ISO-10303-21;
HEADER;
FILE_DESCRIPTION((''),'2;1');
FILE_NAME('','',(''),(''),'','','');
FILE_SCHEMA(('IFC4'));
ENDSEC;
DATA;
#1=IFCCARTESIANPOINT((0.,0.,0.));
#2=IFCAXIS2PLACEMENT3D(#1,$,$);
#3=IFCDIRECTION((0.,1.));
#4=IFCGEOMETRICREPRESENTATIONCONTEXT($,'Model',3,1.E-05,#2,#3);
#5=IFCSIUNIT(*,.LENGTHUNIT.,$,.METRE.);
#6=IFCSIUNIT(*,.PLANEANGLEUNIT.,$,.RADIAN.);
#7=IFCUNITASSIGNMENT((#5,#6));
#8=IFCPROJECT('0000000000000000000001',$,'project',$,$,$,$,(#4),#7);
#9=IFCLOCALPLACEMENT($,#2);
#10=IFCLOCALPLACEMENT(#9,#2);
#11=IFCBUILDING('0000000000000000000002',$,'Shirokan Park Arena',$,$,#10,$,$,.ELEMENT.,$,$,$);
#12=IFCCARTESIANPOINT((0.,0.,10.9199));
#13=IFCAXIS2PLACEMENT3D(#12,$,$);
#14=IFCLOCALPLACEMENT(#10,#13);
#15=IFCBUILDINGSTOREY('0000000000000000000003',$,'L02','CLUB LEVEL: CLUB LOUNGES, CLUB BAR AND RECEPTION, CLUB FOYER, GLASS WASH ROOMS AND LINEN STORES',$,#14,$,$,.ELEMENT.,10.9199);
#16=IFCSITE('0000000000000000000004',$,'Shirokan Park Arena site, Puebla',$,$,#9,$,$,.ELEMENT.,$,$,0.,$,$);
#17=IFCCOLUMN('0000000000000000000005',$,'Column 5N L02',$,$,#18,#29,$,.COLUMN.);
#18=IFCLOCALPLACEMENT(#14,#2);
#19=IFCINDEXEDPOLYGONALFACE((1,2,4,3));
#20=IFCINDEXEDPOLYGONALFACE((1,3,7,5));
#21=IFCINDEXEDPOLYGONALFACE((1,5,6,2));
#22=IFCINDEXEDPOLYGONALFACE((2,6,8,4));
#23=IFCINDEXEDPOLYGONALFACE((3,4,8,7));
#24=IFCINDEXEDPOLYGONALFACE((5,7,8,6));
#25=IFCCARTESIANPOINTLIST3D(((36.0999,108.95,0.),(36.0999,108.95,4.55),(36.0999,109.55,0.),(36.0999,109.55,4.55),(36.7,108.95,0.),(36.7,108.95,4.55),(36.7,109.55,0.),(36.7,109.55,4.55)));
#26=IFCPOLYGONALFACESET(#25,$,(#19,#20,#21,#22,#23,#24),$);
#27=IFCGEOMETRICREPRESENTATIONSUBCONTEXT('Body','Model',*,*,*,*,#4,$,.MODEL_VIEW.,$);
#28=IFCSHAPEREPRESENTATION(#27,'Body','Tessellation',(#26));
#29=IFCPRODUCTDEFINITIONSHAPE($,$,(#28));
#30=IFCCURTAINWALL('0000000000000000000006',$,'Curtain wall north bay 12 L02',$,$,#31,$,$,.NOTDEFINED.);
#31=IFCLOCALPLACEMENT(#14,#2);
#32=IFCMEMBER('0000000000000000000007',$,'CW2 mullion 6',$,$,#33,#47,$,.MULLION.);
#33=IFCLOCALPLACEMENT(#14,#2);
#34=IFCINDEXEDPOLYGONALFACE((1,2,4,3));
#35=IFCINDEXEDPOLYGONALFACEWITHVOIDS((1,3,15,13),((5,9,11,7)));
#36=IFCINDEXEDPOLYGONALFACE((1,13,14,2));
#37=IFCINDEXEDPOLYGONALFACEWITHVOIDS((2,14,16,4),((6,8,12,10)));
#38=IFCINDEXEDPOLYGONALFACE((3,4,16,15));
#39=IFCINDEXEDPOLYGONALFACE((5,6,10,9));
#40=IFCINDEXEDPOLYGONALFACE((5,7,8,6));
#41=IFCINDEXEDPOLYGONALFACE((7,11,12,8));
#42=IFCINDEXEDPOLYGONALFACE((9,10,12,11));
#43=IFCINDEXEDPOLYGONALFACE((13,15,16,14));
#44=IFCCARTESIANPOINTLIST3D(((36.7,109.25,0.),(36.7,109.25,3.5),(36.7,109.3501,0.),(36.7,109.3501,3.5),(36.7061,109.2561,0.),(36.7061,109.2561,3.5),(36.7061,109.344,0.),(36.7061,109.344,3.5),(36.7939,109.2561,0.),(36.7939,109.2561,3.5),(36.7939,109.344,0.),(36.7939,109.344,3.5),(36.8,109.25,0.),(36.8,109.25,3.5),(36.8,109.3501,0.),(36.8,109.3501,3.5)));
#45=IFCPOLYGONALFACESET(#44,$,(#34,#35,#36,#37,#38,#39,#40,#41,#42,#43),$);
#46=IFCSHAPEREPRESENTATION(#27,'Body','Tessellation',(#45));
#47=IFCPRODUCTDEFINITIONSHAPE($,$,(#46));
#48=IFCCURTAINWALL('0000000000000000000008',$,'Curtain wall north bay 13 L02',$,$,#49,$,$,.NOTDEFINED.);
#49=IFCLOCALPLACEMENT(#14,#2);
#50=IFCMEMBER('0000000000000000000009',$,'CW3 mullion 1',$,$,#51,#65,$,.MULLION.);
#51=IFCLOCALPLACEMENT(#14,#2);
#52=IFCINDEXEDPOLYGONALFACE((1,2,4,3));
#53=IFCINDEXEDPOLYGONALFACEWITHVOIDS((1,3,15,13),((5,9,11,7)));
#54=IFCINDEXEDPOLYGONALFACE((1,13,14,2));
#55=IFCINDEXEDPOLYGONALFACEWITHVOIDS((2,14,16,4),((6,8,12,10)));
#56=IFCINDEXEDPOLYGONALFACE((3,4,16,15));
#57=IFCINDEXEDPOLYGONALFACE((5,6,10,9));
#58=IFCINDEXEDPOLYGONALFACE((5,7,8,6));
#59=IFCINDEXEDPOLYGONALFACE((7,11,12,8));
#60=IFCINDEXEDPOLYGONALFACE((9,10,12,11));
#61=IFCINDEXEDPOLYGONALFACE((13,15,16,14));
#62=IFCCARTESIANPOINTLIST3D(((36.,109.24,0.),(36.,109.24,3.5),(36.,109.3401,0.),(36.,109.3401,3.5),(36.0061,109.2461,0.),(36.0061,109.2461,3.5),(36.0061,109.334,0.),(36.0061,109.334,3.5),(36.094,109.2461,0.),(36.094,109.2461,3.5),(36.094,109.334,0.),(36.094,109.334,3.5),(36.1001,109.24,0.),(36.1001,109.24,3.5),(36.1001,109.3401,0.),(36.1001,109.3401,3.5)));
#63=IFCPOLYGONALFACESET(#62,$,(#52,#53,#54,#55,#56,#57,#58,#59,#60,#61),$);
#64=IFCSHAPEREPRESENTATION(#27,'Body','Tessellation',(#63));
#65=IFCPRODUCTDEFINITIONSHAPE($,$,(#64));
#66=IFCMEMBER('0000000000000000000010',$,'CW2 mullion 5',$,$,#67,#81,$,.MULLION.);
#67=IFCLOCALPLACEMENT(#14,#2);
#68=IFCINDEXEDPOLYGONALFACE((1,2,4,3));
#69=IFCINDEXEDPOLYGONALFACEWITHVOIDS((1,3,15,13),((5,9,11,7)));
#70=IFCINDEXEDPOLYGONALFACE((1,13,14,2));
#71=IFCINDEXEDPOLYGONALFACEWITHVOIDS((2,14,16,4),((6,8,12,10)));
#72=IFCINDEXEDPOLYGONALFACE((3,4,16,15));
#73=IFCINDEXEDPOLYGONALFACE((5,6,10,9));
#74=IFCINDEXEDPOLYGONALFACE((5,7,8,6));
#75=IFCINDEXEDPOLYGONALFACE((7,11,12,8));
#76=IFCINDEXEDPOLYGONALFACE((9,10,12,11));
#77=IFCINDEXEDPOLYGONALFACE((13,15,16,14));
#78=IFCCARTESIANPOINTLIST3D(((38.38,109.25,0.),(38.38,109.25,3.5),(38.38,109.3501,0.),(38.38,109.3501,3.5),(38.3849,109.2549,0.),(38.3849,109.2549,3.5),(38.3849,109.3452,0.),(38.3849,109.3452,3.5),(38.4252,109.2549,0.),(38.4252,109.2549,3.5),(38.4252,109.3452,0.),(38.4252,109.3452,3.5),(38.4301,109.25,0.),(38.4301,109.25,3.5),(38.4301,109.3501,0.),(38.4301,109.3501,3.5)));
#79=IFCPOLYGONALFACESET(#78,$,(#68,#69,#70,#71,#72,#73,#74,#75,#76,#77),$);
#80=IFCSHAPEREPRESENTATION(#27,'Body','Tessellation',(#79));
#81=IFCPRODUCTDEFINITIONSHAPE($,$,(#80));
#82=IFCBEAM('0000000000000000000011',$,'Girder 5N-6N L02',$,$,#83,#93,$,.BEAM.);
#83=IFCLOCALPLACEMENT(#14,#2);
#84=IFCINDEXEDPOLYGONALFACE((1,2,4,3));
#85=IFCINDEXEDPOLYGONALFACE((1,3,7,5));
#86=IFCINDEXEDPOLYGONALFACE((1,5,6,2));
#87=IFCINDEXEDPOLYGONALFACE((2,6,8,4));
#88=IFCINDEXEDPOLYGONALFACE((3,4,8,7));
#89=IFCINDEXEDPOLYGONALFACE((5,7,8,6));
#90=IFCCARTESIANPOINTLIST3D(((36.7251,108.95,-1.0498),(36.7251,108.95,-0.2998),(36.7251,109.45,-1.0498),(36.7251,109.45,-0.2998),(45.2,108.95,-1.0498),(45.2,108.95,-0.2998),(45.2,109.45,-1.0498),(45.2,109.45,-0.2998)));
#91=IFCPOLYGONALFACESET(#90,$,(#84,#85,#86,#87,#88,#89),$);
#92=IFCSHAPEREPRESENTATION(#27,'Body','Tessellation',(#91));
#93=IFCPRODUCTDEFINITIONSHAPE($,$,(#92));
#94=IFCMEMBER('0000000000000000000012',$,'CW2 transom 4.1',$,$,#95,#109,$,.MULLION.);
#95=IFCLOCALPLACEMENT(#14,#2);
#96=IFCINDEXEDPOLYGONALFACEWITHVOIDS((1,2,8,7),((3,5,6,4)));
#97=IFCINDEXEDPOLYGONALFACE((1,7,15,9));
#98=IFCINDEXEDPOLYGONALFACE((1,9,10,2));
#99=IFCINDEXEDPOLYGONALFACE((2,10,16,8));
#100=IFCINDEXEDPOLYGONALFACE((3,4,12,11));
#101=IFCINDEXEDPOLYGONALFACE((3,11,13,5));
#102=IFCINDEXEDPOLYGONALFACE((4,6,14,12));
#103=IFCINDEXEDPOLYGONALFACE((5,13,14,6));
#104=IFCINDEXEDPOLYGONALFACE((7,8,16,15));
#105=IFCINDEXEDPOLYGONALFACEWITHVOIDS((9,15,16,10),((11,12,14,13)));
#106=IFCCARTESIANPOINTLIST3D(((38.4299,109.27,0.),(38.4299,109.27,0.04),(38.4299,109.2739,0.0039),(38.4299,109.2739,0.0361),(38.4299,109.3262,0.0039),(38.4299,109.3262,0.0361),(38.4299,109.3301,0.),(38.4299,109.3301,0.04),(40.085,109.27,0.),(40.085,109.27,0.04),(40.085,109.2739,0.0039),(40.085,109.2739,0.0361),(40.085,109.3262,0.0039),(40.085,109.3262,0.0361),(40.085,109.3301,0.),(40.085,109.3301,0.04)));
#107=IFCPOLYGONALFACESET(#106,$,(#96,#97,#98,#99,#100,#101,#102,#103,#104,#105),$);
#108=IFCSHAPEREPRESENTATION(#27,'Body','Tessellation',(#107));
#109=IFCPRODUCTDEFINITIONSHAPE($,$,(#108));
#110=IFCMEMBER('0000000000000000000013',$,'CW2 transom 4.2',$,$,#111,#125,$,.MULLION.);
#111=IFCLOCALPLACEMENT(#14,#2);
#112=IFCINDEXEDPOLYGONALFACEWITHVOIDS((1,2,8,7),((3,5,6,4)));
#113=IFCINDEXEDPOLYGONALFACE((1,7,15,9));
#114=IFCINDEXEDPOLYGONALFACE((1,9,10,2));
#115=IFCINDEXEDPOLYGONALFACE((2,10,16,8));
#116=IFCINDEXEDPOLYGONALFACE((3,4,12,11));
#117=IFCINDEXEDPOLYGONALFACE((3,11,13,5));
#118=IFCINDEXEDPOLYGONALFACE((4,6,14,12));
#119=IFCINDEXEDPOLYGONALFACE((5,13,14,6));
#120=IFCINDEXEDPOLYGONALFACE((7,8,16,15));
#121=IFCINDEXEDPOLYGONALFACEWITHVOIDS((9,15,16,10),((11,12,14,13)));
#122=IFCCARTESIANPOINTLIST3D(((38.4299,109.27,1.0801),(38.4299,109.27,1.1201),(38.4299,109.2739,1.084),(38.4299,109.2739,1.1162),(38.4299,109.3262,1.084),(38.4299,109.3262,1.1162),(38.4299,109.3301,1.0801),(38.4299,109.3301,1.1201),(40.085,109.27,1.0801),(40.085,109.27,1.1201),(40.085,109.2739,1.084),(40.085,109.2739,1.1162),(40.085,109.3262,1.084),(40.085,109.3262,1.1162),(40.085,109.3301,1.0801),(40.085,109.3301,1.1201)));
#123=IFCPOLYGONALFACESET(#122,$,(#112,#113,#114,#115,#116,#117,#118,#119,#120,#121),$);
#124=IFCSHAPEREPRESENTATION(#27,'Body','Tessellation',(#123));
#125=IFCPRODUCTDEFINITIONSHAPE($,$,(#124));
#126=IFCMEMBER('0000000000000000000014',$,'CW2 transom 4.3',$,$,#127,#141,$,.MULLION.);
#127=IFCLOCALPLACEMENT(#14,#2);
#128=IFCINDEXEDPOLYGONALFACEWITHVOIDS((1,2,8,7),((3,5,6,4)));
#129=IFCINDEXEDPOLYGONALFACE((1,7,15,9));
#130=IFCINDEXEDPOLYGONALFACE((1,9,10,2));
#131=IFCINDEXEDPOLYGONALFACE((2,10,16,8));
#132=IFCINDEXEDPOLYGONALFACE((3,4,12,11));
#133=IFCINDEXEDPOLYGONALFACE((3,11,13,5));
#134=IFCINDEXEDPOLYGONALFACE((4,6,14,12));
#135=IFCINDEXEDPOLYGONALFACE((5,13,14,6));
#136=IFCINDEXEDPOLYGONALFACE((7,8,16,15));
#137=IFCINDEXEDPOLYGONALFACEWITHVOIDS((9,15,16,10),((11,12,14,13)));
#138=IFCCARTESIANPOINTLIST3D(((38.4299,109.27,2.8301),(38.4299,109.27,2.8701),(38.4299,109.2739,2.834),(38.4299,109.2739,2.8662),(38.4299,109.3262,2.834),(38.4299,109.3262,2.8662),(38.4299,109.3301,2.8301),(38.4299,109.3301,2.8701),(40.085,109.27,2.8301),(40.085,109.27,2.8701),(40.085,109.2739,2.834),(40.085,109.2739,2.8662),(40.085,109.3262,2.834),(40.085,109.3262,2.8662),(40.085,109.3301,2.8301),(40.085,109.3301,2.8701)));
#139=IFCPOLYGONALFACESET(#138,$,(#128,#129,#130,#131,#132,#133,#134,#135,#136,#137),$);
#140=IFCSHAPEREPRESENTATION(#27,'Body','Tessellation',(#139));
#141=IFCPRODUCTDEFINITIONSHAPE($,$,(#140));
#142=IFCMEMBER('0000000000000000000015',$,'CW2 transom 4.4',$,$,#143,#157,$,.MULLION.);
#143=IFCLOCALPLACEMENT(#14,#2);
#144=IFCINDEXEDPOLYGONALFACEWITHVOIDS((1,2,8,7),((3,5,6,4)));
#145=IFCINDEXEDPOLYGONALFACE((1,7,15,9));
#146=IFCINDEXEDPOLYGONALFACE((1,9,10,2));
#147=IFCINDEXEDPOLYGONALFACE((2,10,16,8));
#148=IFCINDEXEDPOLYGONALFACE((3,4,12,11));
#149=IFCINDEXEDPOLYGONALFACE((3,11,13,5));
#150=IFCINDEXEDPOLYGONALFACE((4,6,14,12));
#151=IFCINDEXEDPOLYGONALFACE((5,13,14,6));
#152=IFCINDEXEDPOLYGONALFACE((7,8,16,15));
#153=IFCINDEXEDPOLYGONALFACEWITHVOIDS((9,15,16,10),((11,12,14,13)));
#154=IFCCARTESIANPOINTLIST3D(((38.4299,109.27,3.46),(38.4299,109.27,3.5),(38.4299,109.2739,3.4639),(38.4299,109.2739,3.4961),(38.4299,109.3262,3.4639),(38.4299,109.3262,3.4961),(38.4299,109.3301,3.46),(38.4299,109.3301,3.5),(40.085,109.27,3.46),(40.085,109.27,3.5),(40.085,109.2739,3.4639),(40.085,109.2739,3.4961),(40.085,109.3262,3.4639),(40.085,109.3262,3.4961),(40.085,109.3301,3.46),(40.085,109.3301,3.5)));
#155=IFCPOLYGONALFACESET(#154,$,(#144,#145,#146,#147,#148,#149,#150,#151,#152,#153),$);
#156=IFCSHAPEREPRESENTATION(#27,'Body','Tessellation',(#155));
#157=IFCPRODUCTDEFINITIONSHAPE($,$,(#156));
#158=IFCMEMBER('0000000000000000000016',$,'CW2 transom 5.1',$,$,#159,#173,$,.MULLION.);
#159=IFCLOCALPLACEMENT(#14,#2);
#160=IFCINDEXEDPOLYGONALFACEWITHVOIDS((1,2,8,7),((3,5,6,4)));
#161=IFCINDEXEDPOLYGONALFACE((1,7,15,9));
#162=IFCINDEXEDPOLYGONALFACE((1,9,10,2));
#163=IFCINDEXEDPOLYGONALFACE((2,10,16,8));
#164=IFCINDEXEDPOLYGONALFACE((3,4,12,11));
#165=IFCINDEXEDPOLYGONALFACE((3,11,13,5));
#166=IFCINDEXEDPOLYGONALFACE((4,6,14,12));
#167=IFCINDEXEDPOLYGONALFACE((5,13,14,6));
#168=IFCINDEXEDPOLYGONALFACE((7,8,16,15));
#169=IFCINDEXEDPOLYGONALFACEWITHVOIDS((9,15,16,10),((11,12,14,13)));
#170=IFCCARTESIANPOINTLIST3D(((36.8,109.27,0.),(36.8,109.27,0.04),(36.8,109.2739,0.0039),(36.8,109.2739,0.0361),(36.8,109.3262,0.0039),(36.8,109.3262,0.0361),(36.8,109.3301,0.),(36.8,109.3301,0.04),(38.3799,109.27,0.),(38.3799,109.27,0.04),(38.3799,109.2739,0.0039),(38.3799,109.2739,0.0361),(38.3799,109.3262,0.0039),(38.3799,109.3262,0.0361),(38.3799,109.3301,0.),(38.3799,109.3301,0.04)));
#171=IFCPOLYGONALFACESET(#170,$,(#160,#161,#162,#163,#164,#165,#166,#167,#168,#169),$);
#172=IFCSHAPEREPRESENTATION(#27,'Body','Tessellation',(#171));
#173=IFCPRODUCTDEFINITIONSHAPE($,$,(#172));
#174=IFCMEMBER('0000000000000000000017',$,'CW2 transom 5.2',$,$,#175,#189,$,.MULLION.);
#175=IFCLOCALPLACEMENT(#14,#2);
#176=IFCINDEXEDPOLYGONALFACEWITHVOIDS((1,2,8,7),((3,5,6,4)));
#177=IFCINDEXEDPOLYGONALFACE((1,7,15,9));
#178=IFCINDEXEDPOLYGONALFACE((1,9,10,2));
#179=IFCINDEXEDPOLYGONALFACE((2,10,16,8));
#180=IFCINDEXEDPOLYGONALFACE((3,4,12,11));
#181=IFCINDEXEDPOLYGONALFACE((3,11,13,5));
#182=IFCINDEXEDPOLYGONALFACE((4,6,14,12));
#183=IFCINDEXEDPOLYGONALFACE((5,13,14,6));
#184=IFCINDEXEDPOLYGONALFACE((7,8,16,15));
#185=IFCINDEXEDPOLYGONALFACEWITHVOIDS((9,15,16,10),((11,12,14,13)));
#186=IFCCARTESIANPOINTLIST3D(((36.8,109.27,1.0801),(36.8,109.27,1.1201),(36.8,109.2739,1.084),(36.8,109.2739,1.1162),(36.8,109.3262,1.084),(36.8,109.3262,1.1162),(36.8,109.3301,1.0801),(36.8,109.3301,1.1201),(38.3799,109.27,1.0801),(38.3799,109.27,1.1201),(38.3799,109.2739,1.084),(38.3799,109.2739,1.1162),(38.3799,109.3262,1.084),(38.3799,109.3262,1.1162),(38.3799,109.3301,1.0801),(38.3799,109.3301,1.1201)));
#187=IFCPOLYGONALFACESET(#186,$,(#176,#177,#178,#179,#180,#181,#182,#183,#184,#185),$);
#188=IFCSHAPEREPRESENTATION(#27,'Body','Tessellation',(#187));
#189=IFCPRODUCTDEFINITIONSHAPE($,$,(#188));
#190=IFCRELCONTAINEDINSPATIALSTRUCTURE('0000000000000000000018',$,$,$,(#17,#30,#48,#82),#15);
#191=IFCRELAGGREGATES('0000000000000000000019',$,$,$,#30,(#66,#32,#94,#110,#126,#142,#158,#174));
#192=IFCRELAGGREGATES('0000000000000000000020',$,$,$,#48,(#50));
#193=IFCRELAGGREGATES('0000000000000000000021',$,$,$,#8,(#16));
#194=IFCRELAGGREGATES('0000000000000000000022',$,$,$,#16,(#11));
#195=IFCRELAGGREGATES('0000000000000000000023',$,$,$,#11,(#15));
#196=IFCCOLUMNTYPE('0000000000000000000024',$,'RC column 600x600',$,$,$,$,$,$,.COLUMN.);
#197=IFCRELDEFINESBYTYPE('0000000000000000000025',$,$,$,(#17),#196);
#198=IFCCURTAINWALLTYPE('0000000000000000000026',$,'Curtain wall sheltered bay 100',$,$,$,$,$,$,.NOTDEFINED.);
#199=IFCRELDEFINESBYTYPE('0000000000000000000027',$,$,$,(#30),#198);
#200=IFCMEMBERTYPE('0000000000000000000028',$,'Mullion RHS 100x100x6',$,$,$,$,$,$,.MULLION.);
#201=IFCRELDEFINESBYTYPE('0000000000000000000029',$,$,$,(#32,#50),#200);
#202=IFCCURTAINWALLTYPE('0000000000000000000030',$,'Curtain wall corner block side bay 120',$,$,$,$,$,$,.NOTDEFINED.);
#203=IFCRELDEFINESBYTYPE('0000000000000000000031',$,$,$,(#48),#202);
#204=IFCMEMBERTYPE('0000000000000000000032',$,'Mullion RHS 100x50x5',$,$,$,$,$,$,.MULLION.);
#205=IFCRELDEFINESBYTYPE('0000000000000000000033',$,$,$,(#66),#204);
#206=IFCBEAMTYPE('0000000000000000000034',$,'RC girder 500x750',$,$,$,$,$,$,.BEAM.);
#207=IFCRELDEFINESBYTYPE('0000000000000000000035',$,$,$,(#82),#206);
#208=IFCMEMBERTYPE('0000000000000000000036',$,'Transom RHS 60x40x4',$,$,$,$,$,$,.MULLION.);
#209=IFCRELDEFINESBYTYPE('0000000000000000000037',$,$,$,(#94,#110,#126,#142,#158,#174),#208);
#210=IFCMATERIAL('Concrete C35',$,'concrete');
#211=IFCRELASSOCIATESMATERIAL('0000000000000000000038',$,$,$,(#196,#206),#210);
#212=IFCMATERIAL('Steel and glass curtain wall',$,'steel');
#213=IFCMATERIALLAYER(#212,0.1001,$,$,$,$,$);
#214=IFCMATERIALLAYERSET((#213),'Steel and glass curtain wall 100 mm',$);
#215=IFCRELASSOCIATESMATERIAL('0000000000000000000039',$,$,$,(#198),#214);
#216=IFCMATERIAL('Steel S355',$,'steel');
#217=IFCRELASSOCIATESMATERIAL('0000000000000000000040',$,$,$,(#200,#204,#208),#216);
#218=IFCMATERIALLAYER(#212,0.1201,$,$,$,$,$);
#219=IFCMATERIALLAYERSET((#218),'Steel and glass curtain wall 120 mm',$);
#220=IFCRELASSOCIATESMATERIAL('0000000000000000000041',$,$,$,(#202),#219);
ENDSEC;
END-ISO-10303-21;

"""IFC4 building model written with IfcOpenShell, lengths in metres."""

from ifc_helpers import new_model, si_unit, direction, frame, origin, origin_2d, place, context, subcontext, project, spatial, rectangle, hollow_rectangle, extrude, material, layer, layer_set, material_profile, profile_set, type_object, element, aggregate, save


model = new_model("IFC4")

# Units and contexts
model_context = context("Model", 3, precision=1e-05, world=origin(), true_north=direction((0.0, 1.0)))
body_context = subcontext(model_context, "Body", "Model", "MODEL_VIEW")
ifc_project = project(units=[si_unit("LENGTHUNIT", "METRE"), si_unit("PLANEANGLEUNIT", "RADIAN")], contexts=[model_context])

# Site, building, storey
site_placement = place(None, origin())
site = spatial("IfcSite", under=ifc_project, at=site_placement, Name="Shirokan Park Arena site, Puebla", CompositionType="ELEMENT", RefElevation=0.0)
building_placement = place(site_placement, origin())
building = spatial("IfcBuilding", under=site, at=building_placement, Name="Shirokan Park Arena", CompositionType="ELEMENT")
storey_placement = place(building_placement, frame((0.0, 0.0, 10.9199)))
storey = spatial("IfcBuildingStorey", under=building, at=storey_placement, Name="L02", Description="CLUB LEVEL: CLUB LOUNGES, CLUB BAR AND RECEPTION, CLUB FOYER, GLASS WASH ROOMS AND LINEN STORES", CompositionType="ELEMENT", Elevation=10.9199)

# Column
ifc_material_1 = material(Name="Concrete C35", Category="concrete")
ifc_material_profile_1 = material_profile(ifc_material_1, rectangle(XDim=0.6001, YDim=0.6001, at=origin_2d()), Name="600x600")
ifc_profile_set_1 = profile_set([ifc_material_profile_1], Name="Concrete C35")
column_type = type_object("IfcColumnType", Name="RC column 600x600", PredefinedType="COLUMN", material=ifc_profile_set_1)
column_placement = place(storey_placement, frame((36.3999, 109.25, 0.0), z_axis=(0.0, 0.0, 1.0), x_axis=(1.0, 0.0, 0.0)))
element("IfcColumn", 1, at=column_placement, inside=storey, type_object=column_type, Name="Column 5N L02", PredefinedType="COLUMN", context=body_context, shape_type="SweptSolid", body=[
    extrude(rectangle(XDim=0.6001, YDim=0.6001, at=origin_2d()), origin(), (0.0, 0.0, 1.0), 4.55),
])

# Curtain walls, members
ifc_material_2 = material(Name="Steel and glass curtain wall", Category="steel")
ifc_layer_1 = layer(ifc_material_2, 0.1001)
ifc_layer_set_1 = layer_set([ifc_layer_1], Name="Steel and glass curtain wall 100 mm")
curtain_wall_type_1 = type_object("IfcCurtainWallType", Name="Curtain wall sheltered bay 100", PredefinedType="NOTDEFINED", material=ifc_layer_set_1)
curtain_wall_1_placement = place(storey_placement, origin())
curtain_wall_1 = element("IfcCurtainWall", 2, at=curtain_wall_1_placement, inside=storey, type_object=curtain_wall_type_1, Name="Curtain wall north bay 12 L02", PredefinedType="NOTDEFINED")
ifc_material_3 = material(Name="Steel S355", Category="steel")
ifc_material_profile_2 = material_profile(ifc_material_3, hollow_rectangle(XDim=0.1001, YDim=0.1001, WallThickness=0.0061, at=origin_2d()), Name="RHS 100x100x6")
ifc_profile_set_2 = profile_set([ifc_material_profile_2], Name="Steel S355")
member_type_1 = type_object("IfcMemberType", Name="Mullion RHS 100x100x6", PredefinedType="MULLION", material=ifc_profile_set_2)
member_1_placement = place(storey_placement, frame((36.75, 109.3, 0.0), z_axis=(0.0, 0.0, 1.0), x_axis=(0.0, -1.0, 0.0)))
member_1 = element("IfcMember", 3, at=member_1_placement, type_object=member_type_1, Name="CW2 mullion 6", PredefinedType="MULLION", context=body_context, shape_type="SweptSolid", body=[
    extrude(hollow_rectangle(XDim=0.1001, YDim=0.1001, WallThickness=0.0061, at=origin_2d()), origin(), (0.0, 0.0, 1.0), 3.5),
])
ifc_layer_2 = layer(ifc_material_2, 0.1201)
ifc_layer_set_2 = layer_set([ifc_layer_2], Name="Steel and glass curtain wall 120 mm")
curtain_wall_type_2 = type_object("IfcCurtainWallType", Name="Curtain wall corner block side bay 120", PredefinedType="NOTDEFINED", material=ifc_layer_set_2)
curtain_wall_2_placement = place(storey_placement, origin())
curtain_wall_2 = element("IfcCurtainWall", 4, at=curtain_wall_2_placement, inside=storey, type_object=curtain_wall_type_2, Name="Curtain wall north bay 13 L02", PredefinedType="NOTDEFINED")
member_2_placement = place(storey_placement, frame((36.05, 109.29, 0.0), z_axis=(0.0, 0.0, 1.0), x_axis=(0.0, -1.0, 0.0)))
member_2 = element("IfcMember", 5, at=member_2_placement, type_object=member_type_1, Name="CW3 mullion 1", PredefinedType="MULLION", context=body_context, shape_type="SweptSolid", body=[
    extrude(hollow_rectangle(XDim=0.1001, YDim=0.1001, WallThickness=0.0061, at=origin_2d()), origin(), (0.0, 0.0, 1.0), 3.5),
])

# Member
ifc_material_profile_3 = material_profile(ifc_material_3, hollow_rectangle(XDim=0.1001, YDim=0.05, WallThickness=0.0049, at=origin_2d()), Name="RHS 100x50x5")
ifc_profile_set_3 = profile_set([ifc_material_profile_3], Name="Steel S355")
member_type_2 = type_object("IfcMemberType", Name="Mullion RHS 100x50x5", PredefinedType="MULLION", material=ifc_profile_set_3)
member_3_placement = place(storey_placement, frame((38.405, 109.3, 0.0), z_axis=(0.0, 0.0, 1.0), x_axis=(0.0, -1.0, 0.0)))
member_3 = element("IfcMember", 6, at=member_3_placement, type_object=member_type_2, Name="CW2 mullion 5", PredefinedType="MULLION", context=body_context, shape_type="SweptSolid", body=[
    extrude(hollow_rectangle(XDim=0.1001, YDim=0.05, WallThickness=0.0049, at=origin_2d()), origin(), (0.0, 0.0, 1.0), 3.5),
])

# Beam
ifc_material_profile_4 = material_profile(ifc_material_1, rectangle(XDim=0.5, YDim=0.75, at=origin_2d()), Name="500x750")
ifc_profile_set_4 = profile_set([ifc_material_profile_4], Name="Concrete C35")
beam_type = type_object("IfcBeamType", Name="RC girder 500x750", PredefinedType="BEAM", material=ifc_profile_set_4)
beam_placement = place(storey_placement, frame((36.7251, 109.2, -0.6748), z_axis=(1.0, 0.0, 0.0), x_axis=(0.0, 1.0, 0.0)))
element("IfcBeam", 7, at=beam_placement, inside=storey, type_object=beam_type, Name="Girder 5N-6N L02", PredefinedType="BEAM", context=body_context, shape_type="SweptSolid", body=[
    extrude(rectangle(XDim=0.5, YDim=0.75, at=origin_2d()), origin(), (0.0, 0.0, 1.0), 8.4749),
])

# Members
ifc_material_profile_5 = material_profile(ifc_material_3, hollow_rectangle(XDim=0.0601, YDim=0.04, WallThickness=0.0039, at=origin_2d()), Name="RHS 60x40x4")
ifc_profile_set_5 = profile_set([ifc_material_profile_5], Name="Steel S355")
member_type_3 = type_object("IfcMemberType", Name="Transom RHS 60x40x4", PredefinedType="MULLION", material=ifc_profile_set_5)
member_4_placement = place(storey_placement, frame((40.085, 109.3, 0.02), z_axis=(-1.0, 0.0, 0.0), x_axis=(0.0, -1.0, 0.0)))
member_4 = element("IfcMember", 8, at=member_4_placement, type_object=member_type_3, Name="CW2 transom 4.1", PredefinedType="MULLION", context=body_context, shape_type="SweptSolid", body=[
    extrude(hollow_rectangle(XDim=0.0601, YDim=0.04, WallThickness=0.0039, at=origin_2d()), origin(), (0.0, 0.0, 1.0), 1.655),
])
member_5_placement = place(storey_placement, frame((40.085, 109.3, 1.1001), z_axis=(-1.0, 0.0, 0.0), x_axis=(0.0, -1.0, 0.0)))
member_5 = element("IfcMember", 9, at=member_5_placement, type_object=member_type_3, Name="CW2 transom 4.2", PredefinedType="MULLION", context=body_context, shape_type="SweptSolid", body=[
    extrude(hollow_rectangle(XDim=0.0601, YDim=0.04, WallThickness=0.0039, at=origin_2d()), origin(), (0.0, 0.0, 1.0), 1.655),
])
member_6_placement = place(storey_placement, frame((40.085, 109.3, 2.8501), z_axis=(-1.0, 0.0, 0.0), x_axis=(0.0, -1.0, 0.0)))
member_6 = element("IfcMember", 10, at=member_6_placement, type_object=member_type_3, Name="CW2 transom 4.3", PredefinedType="MULLION", context=body_context, shape_type="SweptSolid", body=[
    extrude(hollow_rectangle(XDim=0.0601, YDim=0.04, WallThickness=0.0039, at=origin_2d()), origin(), (0.0, 0.0, 1.0), 1.655),
])
member_7_placement = place(storey_placement, frame((40.085, 109.3, 3.48), z_axis=(-1.0, 0.0, 0.0), x_axis=(0.0, -1.0, 0.0)))
member_7 = element("IfcMember", 11, at=member_7_placement, type_object=member_type_3, Name="CW2 transom 4.4", PredefinedType="MULLION", context=body_context, shape_type="SweptSolid", body=[
    extrude(hollow_rectangle(XDim=0.0601, YDim=0.04, WallThickness=0.0039, at=origin_2d()), origin(), (0.0, 0.0, 1.0), 1.655),
])
member_8_placement = place(storey_placement, frame((38.3799, 109.3, 0.02), z_axis=(-1.0, 0.0, 0.0), x_axis=(0.0, -1.0, 0.0)))
member_8 = element("IfcMember", 12, at=member_8_placement, type_object=member_type_3, Name="CW2 transom 5.1", PredefinedType="MULLION", context=body_context, shape_type="SweptSolid", body=[
    extrude(hollow_rectangle(XDim=0.0601, YDim=0.04, WallThickness=0.0039, at=origin_2d()), origin(), (0.0, 0.0, 1.0), 1.5798),
])
member_9_placement = place(storey_placement, frame((38.3799, 109.3, 1.1001), z_axis=(-1.0, 0.0, 0.0), x_axis=(0.0, -1.0, 0.0)))
member_9 = element("IfcMember", 13, at=member_9_placement, type_object=member_type_3, Name="CW2 transom 5.2", PredefinedType="MULLION", context=body_context, shape_type="SweptSolid", body=[
    extrude(hollow_rectangle(XDim=0.0601, YDim=0.04, WallThickness=0.0039, at=origin_2d()), origin(), (0.0, 0.0, 1.0), 1.5798),
])

aggregate(curtain_wall_1, [member_3, member_1, member_4, member_5, member_6, member_7, member_8, member_9])
aggregate(curtain_wall_2, [member_2])

save(model, "model.ifc")
